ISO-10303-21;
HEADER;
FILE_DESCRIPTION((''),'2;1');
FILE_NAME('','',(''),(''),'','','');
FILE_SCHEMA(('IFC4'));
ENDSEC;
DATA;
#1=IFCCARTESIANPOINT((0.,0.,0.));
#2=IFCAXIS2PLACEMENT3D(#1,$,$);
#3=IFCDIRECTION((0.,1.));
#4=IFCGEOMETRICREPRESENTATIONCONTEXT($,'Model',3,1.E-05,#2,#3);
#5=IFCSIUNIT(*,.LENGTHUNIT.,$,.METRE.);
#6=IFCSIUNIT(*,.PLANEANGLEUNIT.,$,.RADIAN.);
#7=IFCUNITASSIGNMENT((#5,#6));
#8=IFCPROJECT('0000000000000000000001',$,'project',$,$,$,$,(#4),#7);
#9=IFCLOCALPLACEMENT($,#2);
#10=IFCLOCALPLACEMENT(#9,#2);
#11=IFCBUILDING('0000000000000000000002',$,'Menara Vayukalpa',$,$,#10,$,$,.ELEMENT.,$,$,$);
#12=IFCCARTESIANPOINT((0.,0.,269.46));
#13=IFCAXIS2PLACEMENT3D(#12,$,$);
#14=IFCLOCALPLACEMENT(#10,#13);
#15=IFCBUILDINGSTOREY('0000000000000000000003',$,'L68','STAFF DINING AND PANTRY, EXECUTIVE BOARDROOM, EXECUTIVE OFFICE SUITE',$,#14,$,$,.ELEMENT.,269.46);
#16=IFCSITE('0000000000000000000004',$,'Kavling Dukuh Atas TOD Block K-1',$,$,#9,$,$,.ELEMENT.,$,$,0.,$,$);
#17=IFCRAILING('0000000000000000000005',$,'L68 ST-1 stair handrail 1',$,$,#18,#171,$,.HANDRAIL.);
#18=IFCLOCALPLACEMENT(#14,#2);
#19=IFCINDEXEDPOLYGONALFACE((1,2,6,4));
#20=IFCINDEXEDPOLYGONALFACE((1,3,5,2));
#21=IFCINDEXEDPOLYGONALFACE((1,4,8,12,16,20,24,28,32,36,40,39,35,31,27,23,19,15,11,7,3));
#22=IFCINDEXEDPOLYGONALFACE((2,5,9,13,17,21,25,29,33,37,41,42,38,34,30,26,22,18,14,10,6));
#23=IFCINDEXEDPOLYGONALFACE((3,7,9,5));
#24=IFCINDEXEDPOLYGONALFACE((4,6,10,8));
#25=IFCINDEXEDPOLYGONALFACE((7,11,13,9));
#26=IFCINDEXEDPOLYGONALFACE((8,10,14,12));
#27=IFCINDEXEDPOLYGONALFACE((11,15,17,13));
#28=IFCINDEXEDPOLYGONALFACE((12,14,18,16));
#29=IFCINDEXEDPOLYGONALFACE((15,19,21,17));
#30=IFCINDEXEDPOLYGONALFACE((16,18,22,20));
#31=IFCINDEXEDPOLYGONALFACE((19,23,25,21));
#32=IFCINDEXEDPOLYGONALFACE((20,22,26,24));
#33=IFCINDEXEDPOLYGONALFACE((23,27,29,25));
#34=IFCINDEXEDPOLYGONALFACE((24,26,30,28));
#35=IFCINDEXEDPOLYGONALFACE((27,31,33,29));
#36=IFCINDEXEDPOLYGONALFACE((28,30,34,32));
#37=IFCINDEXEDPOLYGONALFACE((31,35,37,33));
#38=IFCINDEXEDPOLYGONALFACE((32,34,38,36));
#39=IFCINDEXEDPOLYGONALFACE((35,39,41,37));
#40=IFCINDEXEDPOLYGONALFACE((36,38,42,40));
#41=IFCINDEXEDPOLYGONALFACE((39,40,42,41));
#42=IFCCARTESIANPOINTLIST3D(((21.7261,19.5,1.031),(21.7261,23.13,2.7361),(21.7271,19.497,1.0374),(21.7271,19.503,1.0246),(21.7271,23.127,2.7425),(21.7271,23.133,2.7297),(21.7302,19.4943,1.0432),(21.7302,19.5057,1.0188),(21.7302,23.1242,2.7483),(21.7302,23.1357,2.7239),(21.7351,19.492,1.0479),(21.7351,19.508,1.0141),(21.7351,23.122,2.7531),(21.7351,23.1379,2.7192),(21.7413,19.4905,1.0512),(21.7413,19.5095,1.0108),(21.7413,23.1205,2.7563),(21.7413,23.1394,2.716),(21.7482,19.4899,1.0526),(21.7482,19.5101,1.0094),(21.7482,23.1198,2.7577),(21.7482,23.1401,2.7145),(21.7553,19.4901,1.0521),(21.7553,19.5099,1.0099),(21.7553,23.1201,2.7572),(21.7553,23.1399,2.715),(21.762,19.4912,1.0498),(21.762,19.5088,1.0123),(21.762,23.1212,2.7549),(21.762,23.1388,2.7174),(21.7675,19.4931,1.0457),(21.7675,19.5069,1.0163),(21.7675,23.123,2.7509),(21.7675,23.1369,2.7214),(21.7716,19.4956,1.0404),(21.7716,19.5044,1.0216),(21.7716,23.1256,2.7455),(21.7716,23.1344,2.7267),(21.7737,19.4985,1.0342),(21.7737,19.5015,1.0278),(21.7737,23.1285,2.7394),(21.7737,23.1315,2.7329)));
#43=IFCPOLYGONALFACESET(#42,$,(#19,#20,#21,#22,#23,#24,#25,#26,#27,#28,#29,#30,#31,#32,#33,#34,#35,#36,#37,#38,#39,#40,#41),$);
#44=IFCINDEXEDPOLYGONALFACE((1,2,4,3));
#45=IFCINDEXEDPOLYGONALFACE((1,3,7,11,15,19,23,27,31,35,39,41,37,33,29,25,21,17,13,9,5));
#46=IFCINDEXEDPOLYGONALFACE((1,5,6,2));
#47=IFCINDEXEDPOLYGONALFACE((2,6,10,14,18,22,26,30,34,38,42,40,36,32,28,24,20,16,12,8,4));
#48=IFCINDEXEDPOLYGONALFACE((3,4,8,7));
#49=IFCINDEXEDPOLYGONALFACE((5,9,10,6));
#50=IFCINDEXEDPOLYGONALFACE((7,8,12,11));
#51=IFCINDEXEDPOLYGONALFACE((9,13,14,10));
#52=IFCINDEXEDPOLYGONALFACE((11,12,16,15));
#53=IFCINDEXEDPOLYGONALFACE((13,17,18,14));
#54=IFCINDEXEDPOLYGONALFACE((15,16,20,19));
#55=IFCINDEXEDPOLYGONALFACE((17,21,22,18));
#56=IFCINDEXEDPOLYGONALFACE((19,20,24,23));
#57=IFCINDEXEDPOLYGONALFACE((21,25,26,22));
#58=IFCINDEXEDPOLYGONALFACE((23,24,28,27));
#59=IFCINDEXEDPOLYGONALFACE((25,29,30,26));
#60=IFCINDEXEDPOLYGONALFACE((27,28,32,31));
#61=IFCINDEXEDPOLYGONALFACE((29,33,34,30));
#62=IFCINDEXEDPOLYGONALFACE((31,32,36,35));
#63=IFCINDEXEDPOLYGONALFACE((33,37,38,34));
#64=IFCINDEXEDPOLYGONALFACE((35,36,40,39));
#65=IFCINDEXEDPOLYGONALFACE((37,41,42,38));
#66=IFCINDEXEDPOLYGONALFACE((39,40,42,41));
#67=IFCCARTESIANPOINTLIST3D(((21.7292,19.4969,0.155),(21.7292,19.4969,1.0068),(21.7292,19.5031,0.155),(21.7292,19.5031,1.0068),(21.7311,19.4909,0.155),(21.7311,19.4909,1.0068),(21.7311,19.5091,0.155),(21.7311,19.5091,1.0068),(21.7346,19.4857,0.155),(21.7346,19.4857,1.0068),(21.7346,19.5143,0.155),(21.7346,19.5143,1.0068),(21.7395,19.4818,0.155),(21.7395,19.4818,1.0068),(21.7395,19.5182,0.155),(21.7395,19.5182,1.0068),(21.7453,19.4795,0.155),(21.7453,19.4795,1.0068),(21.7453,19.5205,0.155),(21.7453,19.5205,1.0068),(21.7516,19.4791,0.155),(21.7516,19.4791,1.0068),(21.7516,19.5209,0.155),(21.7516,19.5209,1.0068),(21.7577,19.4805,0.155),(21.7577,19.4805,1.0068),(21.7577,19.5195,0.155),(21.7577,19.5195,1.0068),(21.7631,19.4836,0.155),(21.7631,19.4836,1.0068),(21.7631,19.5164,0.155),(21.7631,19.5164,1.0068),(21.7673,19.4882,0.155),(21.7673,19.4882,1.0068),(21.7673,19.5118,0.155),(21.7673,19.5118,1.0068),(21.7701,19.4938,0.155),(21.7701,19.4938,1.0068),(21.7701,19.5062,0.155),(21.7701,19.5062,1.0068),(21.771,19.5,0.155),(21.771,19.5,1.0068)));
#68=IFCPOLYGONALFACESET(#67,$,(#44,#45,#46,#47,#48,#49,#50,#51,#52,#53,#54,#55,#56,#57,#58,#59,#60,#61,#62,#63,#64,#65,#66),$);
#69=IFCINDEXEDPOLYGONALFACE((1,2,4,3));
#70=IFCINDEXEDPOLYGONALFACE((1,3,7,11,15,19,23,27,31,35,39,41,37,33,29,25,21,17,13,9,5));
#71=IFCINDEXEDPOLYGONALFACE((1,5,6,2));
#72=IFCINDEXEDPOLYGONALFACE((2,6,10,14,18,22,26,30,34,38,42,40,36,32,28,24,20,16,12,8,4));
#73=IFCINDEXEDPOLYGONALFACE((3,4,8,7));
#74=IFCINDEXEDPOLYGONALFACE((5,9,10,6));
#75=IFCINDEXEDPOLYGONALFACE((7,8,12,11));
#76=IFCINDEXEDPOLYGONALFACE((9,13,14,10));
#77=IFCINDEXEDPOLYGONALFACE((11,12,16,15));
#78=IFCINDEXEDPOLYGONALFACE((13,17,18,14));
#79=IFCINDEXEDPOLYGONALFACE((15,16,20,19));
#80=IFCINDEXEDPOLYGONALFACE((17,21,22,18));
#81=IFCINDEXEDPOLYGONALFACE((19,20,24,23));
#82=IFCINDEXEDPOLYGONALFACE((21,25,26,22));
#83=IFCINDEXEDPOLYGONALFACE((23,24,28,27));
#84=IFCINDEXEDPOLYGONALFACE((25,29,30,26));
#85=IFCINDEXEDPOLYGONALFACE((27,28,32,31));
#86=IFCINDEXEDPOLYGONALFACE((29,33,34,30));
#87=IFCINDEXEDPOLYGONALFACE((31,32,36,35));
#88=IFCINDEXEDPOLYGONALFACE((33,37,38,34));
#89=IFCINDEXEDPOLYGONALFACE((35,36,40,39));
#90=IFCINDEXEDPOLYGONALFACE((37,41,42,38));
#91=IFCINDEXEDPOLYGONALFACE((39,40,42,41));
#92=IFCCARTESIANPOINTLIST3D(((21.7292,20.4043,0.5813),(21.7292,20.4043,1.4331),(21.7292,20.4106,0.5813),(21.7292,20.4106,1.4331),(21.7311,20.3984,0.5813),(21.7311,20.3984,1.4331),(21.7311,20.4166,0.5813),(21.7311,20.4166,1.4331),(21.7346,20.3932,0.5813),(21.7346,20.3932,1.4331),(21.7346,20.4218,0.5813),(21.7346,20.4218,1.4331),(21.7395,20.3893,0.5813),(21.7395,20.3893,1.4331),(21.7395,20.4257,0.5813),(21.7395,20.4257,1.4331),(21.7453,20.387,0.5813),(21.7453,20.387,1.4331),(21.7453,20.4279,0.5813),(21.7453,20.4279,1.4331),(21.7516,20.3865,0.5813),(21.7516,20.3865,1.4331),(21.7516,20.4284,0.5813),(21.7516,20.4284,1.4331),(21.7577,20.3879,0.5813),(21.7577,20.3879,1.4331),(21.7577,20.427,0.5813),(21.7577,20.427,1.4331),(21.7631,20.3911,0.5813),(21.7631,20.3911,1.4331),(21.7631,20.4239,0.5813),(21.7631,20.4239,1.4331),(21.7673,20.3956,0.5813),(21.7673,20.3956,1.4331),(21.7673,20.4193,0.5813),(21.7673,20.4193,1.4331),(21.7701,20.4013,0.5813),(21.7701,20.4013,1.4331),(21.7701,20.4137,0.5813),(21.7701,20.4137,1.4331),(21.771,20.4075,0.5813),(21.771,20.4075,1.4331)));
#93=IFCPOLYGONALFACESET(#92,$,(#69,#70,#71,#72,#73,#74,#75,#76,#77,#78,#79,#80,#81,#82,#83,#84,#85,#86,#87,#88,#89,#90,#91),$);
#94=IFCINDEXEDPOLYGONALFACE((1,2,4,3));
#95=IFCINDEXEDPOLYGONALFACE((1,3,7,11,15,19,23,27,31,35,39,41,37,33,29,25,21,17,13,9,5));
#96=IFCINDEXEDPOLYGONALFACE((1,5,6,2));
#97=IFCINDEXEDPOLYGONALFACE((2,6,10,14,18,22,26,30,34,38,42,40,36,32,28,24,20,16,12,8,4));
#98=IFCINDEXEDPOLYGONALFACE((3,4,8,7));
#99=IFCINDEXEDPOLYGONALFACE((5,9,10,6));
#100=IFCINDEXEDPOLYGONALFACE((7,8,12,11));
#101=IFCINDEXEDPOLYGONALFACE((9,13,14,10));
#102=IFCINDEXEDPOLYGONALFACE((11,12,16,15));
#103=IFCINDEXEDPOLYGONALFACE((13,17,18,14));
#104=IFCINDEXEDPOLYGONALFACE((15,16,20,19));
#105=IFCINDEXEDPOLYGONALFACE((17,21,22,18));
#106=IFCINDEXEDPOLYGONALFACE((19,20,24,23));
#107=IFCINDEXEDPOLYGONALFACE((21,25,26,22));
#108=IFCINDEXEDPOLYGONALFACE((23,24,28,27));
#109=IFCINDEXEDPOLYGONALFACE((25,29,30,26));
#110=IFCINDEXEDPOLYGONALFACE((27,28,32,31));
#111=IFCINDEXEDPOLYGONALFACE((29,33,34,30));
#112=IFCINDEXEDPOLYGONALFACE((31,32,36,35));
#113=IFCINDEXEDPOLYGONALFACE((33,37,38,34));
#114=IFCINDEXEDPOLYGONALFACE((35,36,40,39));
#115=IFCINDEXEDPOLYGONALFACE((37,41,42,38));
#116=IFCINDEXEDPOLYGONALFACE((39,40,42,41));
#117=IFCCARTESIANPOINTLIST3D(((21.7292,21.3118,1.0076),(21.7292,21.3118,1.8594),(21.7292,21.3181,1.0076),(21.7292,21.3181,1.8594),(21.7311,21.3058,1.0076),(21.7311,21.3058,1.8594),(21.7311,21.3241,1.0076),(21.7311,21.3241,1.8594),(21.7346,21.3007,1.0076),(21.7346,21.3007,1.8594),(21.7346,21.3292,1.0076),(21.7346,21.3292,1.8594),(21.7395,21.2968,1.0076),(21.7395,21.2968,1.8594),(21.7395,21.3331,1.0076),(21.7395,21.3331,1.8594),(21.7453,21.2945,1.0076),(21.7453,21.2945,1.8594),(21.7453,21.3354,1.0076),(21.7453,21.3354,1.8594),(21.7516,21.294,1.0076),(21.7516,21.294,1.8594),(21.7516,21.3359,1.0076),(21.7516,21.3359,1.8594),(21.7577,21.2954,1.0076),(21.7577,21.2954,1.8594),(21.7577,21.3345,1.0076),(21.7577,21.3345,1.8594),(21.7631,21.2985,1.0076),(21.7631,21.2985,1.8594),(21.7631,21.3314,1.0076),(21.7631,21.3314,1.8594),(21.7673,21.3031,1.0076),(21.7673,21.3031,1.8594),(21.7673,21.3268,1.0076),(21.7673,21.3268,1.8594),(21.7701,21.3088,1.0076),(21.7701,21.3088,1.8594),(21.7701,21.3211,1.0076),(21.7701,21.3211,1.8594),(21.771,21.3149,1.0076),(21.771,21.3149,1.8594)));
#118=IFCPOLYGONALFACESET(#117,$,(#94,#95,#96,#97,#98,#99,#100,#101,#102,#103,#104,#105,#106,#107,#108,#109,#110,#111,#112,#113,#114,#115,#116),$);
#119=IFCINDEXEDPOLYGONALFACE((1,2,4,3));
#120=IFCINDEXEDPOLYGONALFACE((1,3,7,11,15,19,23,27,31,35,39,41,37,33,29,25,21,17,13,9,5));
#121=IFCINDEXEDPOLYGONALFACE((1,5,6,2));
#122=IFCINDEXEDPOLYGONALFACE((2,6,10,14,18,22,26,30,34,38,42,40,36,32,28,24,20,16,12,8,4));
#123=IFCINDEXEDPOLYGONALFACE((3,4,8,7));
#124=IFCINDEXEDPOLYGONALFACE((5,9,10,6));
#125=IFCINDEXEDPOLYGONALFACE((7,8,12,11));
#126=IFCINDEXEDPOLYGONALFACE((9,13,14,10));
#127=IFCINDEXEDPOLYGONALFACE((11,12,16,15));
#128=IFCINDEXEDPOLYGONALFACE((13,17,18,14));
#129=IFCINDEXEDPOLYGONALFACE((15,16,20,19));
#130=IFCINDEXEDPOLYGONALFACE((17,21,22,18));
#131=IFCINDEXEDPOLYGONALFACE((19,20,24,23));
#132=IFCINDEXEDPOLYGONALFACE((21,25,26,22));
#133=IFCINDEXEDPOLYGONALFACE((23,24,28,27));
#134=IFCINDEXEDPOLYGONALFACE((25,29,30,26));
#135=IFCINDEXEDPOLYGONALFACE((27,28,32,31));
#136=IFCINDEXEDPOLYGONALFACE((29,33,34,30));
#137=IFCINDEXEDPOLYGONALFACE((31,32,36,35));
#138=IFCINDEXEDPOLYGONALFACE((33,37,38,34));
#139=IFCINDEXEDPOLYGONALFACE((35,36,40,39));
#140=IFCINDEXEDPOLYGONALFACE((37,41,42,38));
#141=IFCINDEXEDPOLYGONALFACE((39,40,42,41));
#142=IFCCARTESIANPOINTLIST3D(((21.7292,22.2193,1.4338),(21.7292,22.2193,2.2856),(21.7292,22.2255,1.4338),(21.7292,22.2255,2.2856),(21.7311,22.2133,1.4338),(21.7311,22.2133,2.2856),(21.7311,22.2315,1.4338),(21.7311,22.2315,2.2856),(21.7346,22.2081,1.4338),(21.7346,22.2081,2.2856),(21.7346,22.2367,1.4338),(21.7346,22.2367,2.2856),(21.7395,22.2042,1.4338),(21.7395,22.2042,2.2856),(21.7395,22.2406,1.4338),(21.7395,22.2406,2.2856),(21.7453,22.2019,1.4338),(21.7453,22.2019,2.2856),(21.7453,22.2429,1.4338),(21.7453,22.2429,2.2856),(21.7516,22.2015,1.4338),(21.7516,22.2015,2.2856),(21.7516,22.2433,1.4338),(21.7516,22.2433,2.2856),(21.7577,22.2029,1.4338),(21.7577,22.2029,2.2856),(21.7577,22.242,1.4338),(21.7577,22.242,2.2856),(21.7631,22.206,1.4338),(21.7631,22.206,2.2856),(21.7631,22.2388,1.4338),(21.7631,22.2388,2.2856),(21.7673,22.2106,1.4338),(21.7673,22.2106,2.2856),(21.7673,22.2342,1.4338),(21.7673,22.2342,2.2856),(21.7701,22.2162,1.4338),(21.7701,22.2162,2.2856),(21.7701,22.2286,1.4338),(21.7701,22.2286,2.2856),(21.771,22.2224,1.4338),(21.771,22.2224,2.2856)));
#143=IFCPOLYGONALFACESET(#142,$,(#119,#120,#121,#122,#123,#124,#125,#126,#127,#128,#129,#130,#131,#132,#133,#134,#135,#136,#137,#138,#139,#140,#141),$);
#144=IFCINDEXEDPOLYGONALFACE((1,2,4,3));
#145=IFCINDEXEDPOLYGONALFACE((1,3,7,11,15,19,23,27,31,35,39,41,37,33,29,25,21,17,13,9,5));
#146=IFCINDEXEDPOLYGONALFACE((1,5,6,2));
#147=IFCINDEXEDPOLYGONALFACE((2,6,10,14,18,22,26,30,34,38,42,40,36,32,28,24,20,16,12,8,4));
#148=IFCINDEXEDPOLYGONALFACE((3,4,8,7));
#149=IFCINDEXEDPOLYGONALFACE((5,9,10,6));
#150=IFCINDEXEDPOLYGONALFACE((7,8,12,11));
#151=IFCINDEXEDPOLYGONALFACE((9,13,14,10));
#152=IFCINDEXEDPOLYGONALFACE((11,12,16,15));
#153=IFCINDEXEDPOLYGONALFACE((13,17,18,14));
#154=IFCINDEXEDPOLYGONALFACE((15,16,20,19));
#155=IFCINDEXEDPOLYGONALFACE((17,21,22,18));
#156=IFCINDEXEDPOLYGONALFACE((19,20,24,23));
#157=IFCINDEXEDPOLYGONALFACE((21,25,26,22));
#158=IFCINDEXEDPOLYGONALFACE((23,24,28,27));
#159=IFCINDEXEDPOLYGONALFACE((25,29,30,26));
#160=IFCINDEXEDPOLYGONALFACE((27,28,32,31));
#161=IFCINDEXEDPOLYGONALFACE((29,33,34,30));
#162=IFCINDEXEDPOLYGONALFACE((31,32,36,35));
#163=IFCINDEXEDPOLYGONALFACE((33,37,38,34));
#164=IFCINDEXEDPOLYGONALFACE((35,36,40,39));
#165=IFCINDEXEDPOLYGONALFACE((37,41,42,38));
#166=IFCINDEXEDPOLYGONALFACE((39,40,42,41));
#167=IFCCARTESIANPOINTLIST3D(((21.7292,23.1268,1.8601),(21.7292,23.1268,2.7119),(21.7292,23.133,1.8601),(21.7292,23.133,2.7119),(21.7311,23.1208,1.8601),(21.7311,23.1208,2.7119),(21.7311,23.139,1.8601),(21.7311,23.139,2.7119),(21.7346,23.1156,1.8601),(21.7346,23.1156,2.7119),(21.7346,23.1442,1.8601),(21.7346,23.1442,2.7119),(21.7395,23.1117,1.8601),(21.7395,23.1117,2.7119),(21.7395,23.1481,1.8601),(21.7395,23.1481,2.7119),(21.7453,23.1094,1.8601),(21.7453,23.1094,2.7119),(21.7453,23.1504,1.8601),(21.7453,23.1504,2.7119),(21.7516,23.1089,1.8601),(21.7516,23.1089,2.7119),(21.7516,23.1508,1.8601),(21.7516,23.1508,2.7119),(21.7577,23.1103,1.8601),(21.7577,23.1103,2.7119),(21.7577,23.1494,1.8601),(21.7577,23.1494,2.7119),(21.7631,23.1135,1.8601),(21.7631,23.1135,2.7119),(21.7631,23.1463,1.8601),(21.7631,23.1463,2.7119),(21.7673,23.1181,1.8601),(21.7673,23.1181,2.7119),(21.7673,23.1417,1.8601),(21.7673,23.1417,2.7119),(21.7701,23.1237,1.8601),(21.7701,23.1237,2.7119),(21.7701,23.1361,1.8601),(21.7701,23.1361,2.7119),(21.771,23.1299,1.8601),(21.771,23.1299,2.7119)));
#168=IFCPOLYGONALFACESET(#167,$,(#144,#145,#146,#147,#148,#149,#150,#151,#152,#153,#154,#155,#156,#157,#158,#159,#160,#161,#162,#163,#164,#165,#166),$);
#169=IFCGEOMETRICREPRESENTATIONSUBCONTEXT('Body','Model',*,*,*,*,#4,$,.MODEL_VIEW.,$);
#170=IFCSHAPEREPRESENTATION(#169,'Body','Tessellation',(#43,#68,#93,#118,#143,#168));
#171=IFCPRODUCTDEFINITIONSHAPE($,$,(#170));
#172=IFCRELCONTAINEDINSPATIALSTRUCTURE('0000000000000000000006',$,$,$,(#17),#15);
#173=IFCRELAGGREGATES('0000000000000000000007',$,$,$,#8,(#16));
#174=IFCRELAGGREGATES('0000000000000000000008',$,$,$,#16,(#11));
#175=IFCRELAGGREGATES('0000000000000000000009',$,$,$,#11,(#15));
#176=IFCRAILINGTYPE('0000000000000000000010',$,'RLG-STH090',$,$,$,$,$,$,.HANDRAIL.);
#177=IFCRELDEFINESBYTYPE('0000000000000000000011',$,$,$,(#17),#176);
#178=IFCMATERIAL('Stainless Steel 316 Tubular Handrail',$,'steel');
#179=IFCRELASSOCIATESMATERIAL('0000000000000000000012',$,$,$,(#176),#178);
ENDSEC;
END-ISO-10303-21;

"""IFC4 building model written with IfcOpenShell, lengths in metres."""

from ifc_helpers import new_model, si_unit, direction, frame, origin, origin_2d, place, context, subcontext, project, spatial, circle, extrude, material, type_object, element, save


model = new_model("IFC4")

# Units and contexts
model_context = context("Model", 3, precision=1e-05, world=origin(), true_north=direction((0.0, 1.0)))
body_context = subcontext(model_context, "Body", "Model", "MODEL_VIEW")
ifc_project = project(units=[si_unit("LENGTHUNIT", "METRE"), si_unit("PLANEANGLEUNIT", "RADIAN")], contexts=[model_context])

# Site, building, storey
site_placement = place(None, origin())
site = spatial("IfcSite", under=ifc_project, at=site_placement, Name="Kavling Dukuh Atas TOD Block K-1", CompositionType="ELEMENT", RefElevation=0.0)
building_placement = place(site_placement, origin())
building = spatial("IfcBuilding", under=site, at=building_placement, Name="Menara Vayukalpa", CompositionType="ELEMENT")
storey_placement = place(building_placement, frame((0.0, 0.0, 269.46)))
storey = spatial("IfcBuildingStorey", under=building, at=storey_placement, Name="L68", Description="STAFF DINING AND PANTRY, EXECUTIVE BOARDROOM, EXECUTIVE OFFICE SUITE", CompositionType="ELEMENT", Elevation=269.46)

# Railing
ifc_material_1 = material(Name="Stainless Steel 316 Tubular Handrail", Category="steel")
railing_type_1 = type_object("IfcRailingType", Name="RLG-STH090", PredefinedType="HANDRAIL", material=ifc_material_1)
railing_1_placement = place(storey_placement, frame((21.75, 19.5, 0.155)))
element("IfcRailing", 1, at=railing_1_placement, inside=storey, type_object=railing_type_1, Name="L68 ST-1 stair handrail 1", PredefinedType="HANDRAIL", context=body_context, shape_type="SweptSolid", body=[
    extrude(circle(Radius=0.0239, at=origin_2d()), frame((0.0, 0.0, 0.876), z_axis=(0.0, 0.905116, 0.425164), x_axis=(-1.0, 0.0, 0.0)), (0.0, 0.0, 1.0), 4.0105),
    extrude(circle(Radius=0.021, at=origin_2d()), origin(), (0.0, 0.0, 1.0), 0.8518),
    extrude(circle(Radius=0.021, at=origin_2d()), frame((0.0, 0.9075, 0.4263)), (0.0, 0.0, 1.0), 0.8518),
    extrude(circle(Radius=0.021, at=origin_2d()), frame((0.0, 1.8149, 0.8525)), (0.0, 0.0, 1.0), 0.8518),
    extrude(circle(Radius=0.021, at=origin_2d()), frame((0.0, 2.7224, 1.2788)), (0.0, 0.0, 1.0), 0.8518),
    extrude(circle(Radius=0.021, at=origin_2d()), frame((0.0, 3.6299, 1.7051)), (0.0, 0.0, 1.0), 0.8518),
])

save(model, "model.ifc")
